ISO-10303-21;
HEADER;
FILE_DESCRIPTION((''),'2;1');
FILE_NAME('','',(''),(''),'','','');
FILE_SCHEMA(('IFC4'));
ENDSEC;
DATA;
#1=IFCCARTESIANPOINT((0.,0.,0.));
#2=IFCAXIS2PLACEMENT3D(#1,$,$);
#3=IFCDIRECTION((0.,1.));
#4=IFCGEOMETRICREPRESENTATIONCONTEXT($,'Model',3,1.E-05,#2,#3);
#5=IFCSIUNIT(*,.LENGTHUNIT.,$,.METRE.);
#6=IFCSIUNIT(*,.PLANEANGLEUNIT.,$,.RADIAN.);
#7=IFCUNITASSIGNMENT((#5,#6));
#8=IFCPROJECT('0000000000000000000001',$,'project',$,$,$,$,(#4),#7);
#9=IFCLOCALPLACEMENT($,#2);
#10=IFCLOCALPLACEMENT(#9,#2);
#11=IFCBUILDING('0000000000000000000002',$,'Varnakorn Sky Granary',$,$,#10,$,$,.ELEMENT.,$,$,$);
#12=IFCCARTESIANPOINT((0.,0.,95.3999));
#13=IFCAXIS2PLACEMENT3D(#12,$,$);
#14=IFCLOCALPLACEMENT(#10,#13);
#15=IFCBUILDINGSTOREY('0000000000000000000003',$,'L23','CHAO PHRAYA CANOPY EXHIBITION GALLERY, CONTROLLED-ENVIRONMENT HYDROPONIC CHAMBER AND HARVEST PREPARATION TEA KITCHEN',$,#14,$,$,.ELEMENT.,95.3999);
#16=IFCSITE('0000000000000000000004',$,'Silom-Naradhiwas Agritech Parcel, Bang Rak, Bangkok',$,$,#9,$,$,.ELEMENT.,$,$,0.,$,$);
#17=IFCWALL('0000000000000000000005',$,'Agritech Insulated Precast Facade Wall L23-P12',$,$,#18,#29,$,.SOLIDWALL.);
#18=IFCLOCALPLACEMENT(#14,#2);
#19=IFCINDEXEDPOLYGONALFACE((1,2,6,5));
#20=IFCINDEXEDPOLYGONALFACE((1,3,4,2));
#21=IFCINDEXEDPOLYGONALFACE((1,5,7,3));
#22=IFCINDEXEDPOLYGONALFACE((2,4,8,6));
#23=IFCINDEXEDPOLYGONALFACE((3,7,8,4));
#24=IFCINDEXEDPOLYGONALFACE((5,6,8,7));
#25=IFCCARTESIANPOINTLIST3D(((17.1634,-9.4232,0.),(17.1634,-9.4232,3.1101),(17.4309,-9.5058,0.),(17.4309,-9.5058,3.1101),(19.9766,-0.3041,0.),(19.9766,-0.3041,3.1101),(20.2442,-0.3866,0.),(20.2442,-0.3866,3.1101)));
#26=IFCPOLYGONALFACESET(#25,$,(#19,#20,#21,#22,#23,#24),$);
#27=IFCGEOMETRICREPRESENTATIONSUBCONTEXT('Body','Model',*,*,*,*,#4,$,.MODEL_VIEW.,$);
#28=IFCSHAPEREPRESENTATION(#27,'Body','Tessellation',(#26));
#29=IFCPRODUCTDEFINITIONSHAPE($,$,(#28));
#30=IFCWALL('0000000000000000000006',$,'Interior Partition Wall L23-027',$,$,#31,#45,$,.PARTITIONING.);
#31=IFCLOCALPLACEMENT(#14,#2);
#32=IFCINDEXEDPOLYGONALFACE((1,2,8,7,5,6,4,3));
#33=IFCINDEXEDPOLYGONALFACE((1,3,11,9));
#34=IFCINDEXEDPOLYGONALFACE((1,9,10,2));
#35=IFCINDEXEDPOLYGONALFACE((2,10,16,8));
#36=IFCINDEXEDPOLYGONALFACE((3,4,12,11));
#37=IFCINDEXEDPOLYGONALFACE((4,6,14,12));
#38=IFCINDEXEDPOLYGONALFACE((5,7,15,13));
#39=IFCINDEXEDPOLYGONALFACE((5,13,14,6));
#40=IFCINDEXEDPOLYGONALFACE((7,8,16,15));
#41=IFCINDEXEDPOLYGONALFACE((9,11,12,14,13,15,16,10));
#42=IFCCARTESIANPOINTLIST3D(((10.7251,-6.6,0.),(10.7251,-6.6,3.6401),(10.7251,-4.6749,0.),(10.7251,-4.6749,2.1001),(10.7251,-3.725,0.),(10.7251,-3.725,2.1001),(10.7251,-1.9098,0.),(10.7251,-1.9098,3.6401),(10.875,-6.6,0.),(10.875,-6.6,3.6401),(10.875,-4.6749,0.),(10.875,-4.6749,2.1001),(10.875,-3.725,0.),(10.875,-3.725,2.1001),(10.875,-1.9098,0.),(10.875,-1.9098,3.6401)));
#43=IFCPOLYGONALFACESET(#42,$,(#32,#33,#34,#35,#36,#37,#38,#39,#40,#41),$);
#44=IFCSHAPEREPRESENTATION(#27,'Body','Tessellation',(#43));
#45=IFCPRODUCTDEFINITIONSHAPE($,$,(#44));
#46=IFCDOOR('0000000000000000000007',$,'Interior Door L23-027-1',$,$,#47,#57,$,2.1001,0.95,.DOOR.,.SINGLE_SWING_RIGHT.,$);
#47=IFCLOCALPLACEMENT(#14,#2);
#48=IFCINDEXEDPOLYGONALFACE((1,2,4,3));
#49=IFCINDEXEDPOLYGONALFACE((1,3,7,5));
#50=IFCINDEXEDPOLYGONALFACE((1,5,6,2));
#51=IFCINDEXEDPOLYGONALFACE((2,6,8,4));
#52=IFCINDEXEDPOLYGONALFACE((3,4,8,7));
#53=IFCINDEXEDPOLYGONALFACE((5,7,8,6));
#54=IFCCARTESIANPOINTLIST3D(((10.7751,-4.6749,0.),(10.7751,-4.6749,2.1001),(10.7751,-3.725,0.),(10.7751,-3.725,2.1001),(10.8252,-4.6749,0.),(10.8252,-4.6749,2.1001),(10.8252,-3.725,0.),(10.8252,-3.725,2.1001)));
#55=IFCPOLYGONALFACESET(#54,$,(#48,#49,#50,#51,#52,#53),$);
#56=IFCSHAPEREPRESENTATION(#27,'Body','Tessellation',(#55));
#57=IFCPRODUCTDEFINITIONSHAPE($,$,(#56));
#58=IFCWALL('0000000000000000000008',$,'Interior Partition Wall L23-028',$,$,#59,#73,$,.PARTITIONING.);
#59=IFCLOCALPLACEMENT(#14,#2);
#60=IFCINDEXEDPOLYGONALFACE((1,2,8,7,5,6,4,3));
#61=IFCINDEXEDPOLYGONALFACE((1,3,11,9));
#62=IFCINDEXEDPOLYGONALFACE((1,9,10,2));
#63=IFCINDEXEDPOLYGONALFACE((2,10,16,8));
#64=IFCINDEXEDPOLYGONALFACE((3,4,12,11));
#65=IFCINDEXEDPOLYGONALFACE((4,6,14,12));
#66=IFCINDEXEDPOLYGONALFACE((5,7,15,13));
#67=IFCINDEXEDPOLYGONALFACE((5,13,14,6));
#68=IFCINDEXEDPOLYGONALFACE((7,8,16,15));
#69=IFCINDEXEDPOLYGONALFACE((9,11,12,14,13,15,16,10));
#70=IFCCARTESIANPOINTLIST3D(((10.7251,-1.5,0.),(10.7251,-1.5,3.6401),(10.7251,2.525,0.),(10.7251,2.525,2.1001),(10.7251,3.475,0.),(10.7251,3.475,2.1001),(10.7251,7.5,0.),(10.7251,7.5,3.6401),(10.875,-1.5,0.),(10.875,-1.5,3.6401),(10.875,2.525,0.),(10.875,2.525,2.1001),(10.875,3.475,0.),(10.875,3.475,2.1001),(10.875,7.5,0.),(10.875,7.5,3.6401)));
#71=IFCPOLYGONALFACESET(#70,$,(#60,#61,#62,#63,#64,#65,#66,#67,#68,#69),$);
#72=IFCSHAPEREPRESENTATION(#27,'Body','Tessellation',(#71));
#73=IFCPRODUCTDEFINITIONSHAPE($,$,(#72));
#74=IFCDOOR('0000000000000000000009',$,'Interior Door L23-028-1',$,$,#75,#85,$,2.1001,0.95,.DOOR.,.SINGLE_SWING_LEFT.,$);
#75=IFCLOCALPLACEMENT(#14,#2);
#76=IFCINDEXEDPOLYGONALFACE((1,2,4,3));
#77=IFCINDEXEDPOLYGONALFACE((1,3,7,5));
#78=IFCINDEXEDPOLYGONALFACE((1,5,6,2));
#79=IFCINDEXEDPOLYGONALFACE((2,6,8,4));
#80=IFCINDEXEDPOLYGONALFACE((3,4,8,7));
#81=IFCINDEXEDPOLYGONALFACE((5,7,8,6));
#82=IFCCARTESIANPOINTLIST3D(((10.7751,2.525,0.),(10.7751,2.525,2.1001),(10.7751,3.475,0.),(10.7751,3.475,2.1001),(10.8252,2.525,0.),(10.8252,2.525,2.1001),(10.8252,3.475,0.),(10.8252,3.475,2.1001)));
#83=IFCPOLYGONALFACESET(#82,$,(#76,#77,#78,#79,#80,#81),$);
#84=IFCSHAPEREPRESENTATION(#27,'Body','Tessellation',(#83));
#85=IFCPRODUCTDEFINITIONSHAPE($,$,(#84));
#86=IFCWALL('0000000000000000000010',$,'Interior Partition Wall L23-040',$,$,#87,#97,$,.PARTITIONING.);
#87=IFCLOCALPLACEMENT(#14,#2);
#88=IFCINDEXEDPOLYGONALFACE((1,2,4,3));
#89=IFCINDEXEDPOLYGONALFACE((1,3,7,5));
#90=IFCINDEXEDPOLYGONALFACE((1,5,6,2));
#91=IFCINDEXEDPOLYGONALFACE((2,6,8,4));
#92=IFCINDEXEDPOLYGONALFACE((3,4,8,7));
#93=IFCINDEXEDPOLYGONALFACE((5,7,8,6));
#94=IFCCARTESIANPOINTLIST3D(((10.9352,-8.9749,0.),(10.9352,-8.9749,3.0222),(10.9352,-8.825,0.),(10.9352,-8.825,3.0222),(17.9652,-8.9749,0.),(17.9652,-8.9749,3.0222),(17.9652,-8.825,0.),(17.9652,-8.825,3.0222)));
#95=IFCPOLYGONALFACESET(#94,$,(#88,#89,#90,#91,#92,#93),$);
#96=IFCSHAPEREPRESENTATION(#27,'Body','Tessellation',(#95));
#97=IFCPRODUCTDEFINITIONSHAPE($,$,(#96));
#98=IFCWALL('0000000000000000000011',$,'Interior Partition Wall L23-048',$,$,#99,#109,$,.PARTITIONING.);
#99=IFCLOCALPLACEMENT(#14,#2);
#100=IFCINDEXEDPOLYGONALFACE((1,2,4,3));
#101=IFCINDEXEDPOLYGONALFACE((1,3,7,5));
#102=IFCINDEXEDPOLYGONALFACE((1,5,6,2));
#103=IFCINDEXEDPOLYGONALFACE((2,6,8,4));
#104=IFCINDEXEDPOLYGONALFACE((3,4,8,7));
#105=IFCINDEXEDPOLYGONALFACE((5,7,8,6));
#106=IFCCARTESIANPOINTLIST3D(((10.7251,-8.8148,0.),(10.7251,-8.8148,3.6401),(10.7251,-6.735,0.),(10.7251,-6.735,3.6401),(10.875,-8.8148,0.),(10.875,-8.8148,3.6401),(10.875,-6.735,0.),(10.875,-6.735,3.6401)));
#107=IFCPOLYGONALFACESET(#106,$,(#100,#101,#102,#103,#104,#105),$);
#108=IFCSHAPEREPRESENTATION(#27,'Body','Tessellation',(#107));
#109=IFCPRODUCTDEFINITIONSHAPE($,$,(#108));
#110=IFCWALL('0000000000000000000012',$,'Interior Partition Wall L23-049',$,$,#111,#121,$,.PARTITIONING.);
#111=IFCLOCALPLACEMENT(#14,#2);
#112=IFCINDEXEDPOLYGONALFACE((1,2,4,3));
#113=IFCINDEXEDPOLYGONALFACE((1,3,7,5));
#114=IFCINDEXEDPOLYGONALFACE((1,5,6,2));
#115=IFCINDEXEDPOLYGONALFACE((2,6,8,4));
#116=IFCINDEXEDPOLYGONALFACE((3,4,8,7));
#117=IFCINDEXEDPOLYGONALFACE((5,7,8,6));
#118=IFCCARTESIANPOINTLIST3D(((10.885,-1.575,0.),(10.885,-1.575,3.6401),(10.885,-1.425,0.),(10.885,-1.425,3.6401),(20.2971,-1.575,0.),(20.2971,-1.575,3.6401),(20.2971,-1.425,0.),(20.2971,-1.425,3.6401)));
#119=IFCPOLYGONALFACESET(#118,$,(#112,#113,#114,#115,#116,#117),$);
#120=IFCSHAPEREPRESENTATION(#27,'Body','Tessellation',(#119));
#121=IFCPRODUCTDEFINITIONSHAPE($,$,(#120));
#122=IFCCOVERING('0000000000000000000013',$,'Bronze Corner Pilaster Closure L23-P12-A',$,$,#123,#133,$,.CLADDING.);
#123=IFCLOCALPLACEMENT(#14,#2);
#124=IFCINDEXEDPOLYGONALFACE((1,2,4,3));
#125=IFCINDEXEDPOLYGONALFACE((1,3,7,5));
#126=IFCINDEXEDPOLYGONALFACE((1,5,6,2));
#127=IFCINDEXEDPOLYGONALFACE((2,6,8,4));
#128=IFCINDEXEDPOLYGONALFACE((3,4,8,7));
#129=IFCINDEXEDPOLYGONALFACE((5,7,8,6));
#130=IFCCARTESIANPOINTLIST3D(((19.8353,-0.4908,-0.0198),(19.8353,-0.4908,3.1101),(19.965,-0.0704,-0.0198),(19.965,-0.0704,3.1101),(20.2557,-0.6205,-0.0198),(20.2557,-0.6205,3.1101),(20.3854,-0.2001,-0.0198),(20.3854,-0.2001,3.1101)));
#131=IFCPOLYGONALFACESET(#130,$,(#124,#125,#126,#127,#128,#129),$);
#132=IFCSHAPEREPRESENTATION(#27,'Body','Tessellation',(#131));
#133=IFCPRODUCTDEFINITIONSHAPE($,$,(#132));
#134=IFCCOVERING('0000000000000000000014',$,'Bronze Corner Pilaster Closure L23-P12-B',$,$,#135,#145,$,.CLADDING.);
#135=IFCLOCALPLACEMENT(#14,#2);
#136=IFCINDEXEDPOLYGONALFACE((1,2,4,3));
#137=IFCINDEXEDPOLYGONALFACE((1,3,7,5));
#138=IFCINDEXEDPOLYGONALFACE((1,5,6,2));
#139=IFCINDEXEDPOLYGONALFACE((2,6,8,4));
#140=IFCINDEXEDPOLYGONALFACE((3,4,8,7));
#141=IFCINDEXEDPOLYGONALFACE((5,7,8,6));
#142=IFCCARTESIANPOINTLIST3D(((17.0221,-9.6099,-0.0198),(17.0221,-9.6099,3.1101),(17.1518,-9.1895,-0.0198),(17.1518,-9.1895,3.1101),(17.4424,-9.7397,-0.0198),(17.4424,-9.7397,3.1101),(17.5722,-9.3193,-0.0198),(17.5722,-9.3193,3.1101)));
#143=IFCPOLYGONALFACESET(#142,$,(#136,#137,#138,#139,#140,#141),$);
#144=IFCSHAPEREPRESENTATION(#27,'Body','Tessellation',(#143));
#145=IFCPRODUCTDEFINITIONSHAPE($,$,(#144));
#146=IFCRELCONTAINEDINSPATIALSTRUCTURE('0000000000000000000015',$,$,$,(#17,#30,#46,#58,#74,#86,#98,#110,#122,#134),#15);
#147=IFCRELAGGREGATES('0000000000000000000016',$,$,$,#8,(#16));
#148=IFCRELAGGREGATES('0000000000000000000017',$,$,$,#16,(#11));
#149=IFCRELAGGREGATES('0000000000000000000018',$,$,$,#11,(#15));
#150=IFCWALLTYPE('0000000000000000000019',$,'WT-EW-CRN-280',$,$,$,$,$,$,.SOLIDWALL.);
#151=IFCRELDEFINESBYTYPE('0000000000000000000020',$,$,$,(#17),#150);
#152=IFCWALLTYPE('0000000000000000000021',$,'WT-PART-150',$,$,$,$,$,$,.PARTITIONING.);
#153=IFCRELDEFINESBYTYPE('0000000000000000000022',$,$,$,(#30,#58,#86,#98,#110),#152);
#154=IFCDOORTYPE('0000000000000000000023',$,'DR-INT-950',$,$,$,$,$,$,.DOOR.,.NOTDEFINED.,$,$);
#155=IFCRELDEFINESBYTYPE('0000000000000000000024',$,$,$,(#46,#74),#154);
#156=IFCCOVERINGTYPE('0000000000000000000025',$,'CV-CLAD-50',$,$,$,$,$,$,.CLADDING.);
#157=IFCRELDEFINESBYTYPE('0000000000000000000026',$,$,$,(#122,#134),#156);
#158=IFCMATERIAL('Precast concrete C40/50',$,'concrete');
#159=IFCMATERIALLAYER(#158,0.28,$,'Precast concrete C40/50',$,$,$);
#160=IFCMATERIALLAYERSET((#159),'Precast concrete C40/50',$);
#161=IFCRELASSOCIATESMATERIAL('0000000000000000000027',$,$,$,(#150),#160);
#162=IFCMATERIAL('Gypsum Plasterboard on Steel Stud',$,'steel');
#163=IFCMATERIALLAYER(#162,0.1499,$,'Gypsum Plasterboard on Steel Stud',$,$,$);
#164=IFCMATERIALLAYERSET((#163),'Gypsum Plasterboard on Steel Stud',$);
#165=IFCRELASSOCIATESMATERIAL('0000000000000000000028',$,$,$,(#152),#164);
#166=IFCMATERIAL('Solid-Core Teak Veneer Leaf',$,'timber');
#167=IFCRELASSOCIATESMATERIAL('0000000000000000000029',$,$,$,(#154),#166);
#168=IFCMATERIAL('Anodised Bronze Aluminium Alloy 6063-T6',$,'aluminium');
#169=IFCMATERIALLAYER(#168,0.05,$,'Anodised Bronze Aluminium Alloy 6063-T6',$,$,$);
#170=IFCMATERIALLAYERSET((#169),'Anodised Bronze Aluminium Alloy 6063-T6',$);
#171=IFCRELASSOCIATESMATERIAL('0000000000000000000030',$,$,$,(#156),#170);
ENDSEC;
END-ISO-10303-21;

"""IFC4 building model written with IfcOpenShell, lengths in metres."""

from ifc_helpers import new_model, si_unit, direction, frame, frame_2d, origin, origin_2d, place, context, subcontext, project, spatial, rectangle, extrude, source, transform, mapped, material, layer, layer_set, type_object, type_shapes, element, fill, save


model = new_model("IFC4")

# Units and contexts
model_context = context("Model", 3, precision=1e-05, world=origin(), true_north=direction((0.0, 1.0)))
body_context = subcontext(model_context, "Body", "Model", "MODEL_VIEW")
ifc_project = project(units=[si_unit("LENGTHUNIT", "METRE"), si_unit("PLANEANGLEUNIT", "RADIAN")], contexts=[model_context])

# Site, building, storey
site_placement = place(None, origin())
site = spatial("IfcSite", under=ifc_project, at=site_placement, Name="Silom-Naradhiwas Agritech Parcel, Bang Rak, Bangkok", CompositionType="ELEMENT", RefElevation=0.0)
building_placement = place(site_placement, origin())
building = spatial("IfcBuilding", under=site, at=building_placement, Name="Varnakorn Sky Granary", CompositionType="ELEMENT")
storey_placement = place(building_placement, frame((0.0, 0.0, 95.3999)))
storey = spatial("IfcBuildingStorey", under=building, at=storey_placement, Name="L23", Description="CHAO PHRAYA CANOPY EXHIBITION GALLERY, CONTROLLED-ENVIRONMENT HYDROPONIC CHAMBER AND HARVEST PREPARATION TEA KITCHEN", CompositionType="ELEMENT", Elevation=95.3999)

# Shared definitions
ifc_material_1 = material(Name="Anodised Bronze Aluminium Alloy 6063-T6", Category="aluminium")

# Wall
ifc_material_2 = material(Name="Precast concrete C40/50", Category="concrete")
ifc_layer_1 = layer(ifc_material_2, 0.28, Name="Precast concrete C40/50")
ifc_layer_set_1 = layer_set([ifc_layer_1], Name="Precast concrete C40/50")
wall_type_1 = type_object("IfcWallType", Name="WT-EW-CRN-280", PredefinedType="SOLIDWALL", material=ifc_layer_set_1)
wall_1_placement = place(storey_placement, frame((20.1104, -0.3455, 0.0), z_axis=(0.0, 0.0, 1.0), x_axis=(-0.294789, -0.955562, 0.0)))
element("IfcWall", 1, at=wall_1_placement, inside=storey, type_object=wall_type_1, Name="Agritech Insulated Precast Facade Wall L23-P12", PredefinedType="SOLIDWALL", context=body_context, shape_type="SweptSolid", body=[
    extrude(rectangle(XDim=9.5432, YDim=0.28, at=frame_2d((4.7715, 0.0))), origin(), (0.0, 0.0, 1.0), 3.1101),
])

# Walls, openings, doors
ifc_material_3 = material(Name="Gypsum Plasterboard on Steel Stud", Category="steel")
ifc_layer_2 = layer(ifc_material_3, 0.1499, Name="Gypsum Plasterboard on Steel Stud")
ifc_layer_set_2 = layer_set([ifc_layer_2], Name="Gypsum Plasterboard on Steel Stud")
wall_type_2 = type_object("IfcWallType", Name="WT-PART-150", PredefinedType="PARTITIONING", material=ifc_layer_set_2)
wall_2_placement = place(storey_placement, frame((10.8, -6.6001, 0.0), z_axis=(0.0, 0.0, 1.0), x_axis=(0.0, 1.0, 0.0)))
wall_2 = element("IfcWall", 2, at=wall_2_placement, inside=storey, type_object=wall_type_2, Name="Interior Partition Wall L23-027", PredefinedType="PARTITIONING", context=body_context, shape_type="SweptSolid", body=[
    extrude(rectangle(XDim=4.6902, YDim=0.1499, at=frame_2d((2.3452, 0.0))), origin(), (0.0, 0.0, 1.0), 3.6401),
])
opening_1_placement = place(wall_2_placement, frame((1.925, 0.0, 0.0)))
opening_1 = element("IfcOpeningElement", 3, at=opening_1_placement, cuts=wall_2, PredefinedType="OPENING", context=body_context, shape_type="SweptSolid", body=[
    extrude(rectangle(XDim=0.95, YDim=2.1001, at=frame_2d((0.4751, 1.05))), frame((0.0, 0.085, 0.0), z_axis=(0.0, -1.0, 0.0), x_axis=(1.0, 0.0, 0.0)), (0.0, 0.0, 1.0), 0.1699),
])
ifc_material_4 = material(Name="Solid-Core Teak Veneer Leaf", Category="timber")
door_type = type_object("IfcDoorType", Name="DR-INT-950", OperationType="NOTDEFINED", PredefinedType="DOOR", material=ifc_material_4)
door_1_placement = place(opening_1_placement, origin())
door_1 = element("IfcDoor", 4, at=door_1_placement, inside=storey, type_object=door_type, Name="Interior Door L23-027-1", OperationType="SINGLE_SWING_RIGHT", OverallHeight=2.1001, OverallWidth=0.95, PredefinedType="DOOR", context=body_context, shape_type="SweptSolid", body=[
    extrude(rectangle(XDim=0.95, YDim=2.1001, at=frame_2d((0.4751, 1.05))), frame((0.0, 0.0249, 0.0), z_axis=(0.0, -1.0, 0.0), x_axis=(1.0, 0.0, 0.0)), (0.0, 0.0, 1.0), 0.05),
])
fill(opening_1, door_1)
wall_3_placement = place(storey_placement, frame((10.8, -1.5, 0.0), z_axis=(0.0, 0.0, 1.0), x_axis=(0.0, 1.0, 0.0)))
wall_3 = element("IfcWall", 5, at=wall_3_placement, inside=storey, type_object=wall_type_2, Name="Interior Partition Wall L23-028", PredefinedType="PARTITIONING", context=body_context, shape_type="SweptSolid", body=[
    extrude(rectangle(XDim=9.0, YDim=0.1499, at=frame_2d((4.5, 0.0))), origin(), (0.0, 0.0, 1.0), 3.6401),
])
opening_2_placement = place(wall_3_placement, frame((4.0249, 0.0, 0.0)))
opening_2 = element("IfcOpeningElement", 6, at=opening_2_placement, cuts=wall_3, PredefinedType="OPENING", context=body_context, shape_type="SweptSolid", body=[
    extrude(rectangle(XDim=0.95, YDim=2.1001, at=frame_2d((0.4751, 1.05))), frame((0.0, 0.085, 0.0), z_axis=(0.0, -1.0, 0.0), x_axis=(1.0, 0.0, 0.0)), (0.0, 0.0, 1.0), 0.1699),
])
door_2_placement = place(opening_2_placement, origin())
door_2 = element("IfcDoor", 7, at=door_2_placement, inside=storey, type_object=door_type, Name="Interior Door L23-028-1", OperationType="SINGLE_SWING_LEFT", OverallHeight=2.1001, OverallWidth=0.95, PredefinedType="DOOR", context=body_context, shape_type="SweptSolid", body=[
    extrude(rectangle(XDim=0.95, YDim=2.1001, at=frame_2d((0.4751, 1.05))), frame((0.0, 0.0249, 0.0), z_axis=(0.0, -1.0, 0.0), x_axis=(1.0, 0.0, 0.0)), (0.0, 0.0, 1.0), 0.05),
])
fill(opening_2, door_2)

# Walls
wall_4_placement = place(storey_placement, frame((10.9351, -8.8999, 0.0), z_axis=(0.0, 0.0, 1.0), x_axis=(1.0, 0.0, 0.0)))
element("IfcWall", 8, at=wall_4_placement, inside=storey, type_object=wall_type_2, Name="Interior Partition Wall L23-040", PredefinedType="PARTITIONING", context=body_context, shape_type="SweptSolid", body=[
    extrude(rectangle(XDim=7.03, YDim=0.1499, at=frame_2d((3.5151, 0.0))), origin(), (0.0, 0.0, 1.0), 3.0222),
])
wall_5_placement = place(storey_placement, frame((10.8, -8.8149, 0.0), z_axis=(0.0, 0.0, 1.0), x_axis=(0.0, 1.0, 0.0)))
element("IfcWall", 9, at=wall_5_placement, inside=storey, type_object=wall_type_2, Name="Interior Partition Wall L23-048", PredefinedType="PARTITIONING", context=body_context, shape_type="SweptSolid", body=[
    extrude(rectangle(XDim=2.0798, YDim=0.1499, at=frame_2d((1.04, 0.0))), origin(), (0.0, 0.0, 1.0), 3.6401),
])
wall_6_placement = place(storey_placement, frame((10.885, -1.5, 0.0), z_axis=(0.0, 0.0, 1.0), x_axis=(1.0, 0.0, 0.0)))
element("IfcWall", 10, at=wall_6_placement, inside=storey, type_object=wall_type_2, Name="Interior Partition Wall L23-049", PredefinedType="PARTITIONING", context=body_context, shape_type="SweptSolid", body=[
    extrude(rectangle(XDim=9.4121, YDim=0.1499, at=frame_2d((4.7061, 0.0))), origin(), (0.0, 0.0, 1.0), 3.6401),
])

# Coverings
ifc_layer_3 = layer(ifc_material_1, 0.05, Name="Anodised Bronze Aluminium Alloy 6063-T6")
ifc_layer_set_3 = layer_set([ifc_layer_3], Name="Anodised Bronze Aluminium Alloy 6063-T6")
covering_type = type_object("IfcCoveringType", Name="CV-CLAD-50", PredefinedType="CLADDING", material=ifc_layer_set_3)
shared_shape_1 = source(origin(), body_context, "Body", "SweptSolid", [
    extrude(rectangle(XDim=0.4399, YDim=0.4399, at=origin_2d()), origin(), (0.0, 0.0, 1.0), 3.1299),
])
type_shapes(covering_type, [shared_shape_1])
for number, where, z_axis, x_axis, name in (
    (11, (20.1104, -0.3455, -0.0198), (0.0, 0.0, 1.0), (-0.294874, -0.955536, 0.0), "Bronze Corner Pilaster Closure L23-P12-A"),
    (12, (17.2971, -9.4646, -0.0198), (0.0, 0.0, 1.0), (-0.294874, -0.955536, 0.0), "Bronze Corner Pilaster Closure L23-P12-B"),
):
    element("IfcCovering", number, at=place(storey_placement, frame(where, z_axis=z_axis, x_axis=x_axis)), inside=storey, type_object=covering_type, Name=name, PredefinedType="CLADDING", context=body_context, shape_type="MappedRepresentation", body=[
        mapped(shared_shape_1, transform((0.0, 0.0, 0.0), x_axis=(1.0, 0.0, 0.0), y_axis=(0.0, 1.0, 0.0), z_axis=(0.0, 0.0, 1.0), scale=1.0)),
    ])

save(model, "model.ifc")
